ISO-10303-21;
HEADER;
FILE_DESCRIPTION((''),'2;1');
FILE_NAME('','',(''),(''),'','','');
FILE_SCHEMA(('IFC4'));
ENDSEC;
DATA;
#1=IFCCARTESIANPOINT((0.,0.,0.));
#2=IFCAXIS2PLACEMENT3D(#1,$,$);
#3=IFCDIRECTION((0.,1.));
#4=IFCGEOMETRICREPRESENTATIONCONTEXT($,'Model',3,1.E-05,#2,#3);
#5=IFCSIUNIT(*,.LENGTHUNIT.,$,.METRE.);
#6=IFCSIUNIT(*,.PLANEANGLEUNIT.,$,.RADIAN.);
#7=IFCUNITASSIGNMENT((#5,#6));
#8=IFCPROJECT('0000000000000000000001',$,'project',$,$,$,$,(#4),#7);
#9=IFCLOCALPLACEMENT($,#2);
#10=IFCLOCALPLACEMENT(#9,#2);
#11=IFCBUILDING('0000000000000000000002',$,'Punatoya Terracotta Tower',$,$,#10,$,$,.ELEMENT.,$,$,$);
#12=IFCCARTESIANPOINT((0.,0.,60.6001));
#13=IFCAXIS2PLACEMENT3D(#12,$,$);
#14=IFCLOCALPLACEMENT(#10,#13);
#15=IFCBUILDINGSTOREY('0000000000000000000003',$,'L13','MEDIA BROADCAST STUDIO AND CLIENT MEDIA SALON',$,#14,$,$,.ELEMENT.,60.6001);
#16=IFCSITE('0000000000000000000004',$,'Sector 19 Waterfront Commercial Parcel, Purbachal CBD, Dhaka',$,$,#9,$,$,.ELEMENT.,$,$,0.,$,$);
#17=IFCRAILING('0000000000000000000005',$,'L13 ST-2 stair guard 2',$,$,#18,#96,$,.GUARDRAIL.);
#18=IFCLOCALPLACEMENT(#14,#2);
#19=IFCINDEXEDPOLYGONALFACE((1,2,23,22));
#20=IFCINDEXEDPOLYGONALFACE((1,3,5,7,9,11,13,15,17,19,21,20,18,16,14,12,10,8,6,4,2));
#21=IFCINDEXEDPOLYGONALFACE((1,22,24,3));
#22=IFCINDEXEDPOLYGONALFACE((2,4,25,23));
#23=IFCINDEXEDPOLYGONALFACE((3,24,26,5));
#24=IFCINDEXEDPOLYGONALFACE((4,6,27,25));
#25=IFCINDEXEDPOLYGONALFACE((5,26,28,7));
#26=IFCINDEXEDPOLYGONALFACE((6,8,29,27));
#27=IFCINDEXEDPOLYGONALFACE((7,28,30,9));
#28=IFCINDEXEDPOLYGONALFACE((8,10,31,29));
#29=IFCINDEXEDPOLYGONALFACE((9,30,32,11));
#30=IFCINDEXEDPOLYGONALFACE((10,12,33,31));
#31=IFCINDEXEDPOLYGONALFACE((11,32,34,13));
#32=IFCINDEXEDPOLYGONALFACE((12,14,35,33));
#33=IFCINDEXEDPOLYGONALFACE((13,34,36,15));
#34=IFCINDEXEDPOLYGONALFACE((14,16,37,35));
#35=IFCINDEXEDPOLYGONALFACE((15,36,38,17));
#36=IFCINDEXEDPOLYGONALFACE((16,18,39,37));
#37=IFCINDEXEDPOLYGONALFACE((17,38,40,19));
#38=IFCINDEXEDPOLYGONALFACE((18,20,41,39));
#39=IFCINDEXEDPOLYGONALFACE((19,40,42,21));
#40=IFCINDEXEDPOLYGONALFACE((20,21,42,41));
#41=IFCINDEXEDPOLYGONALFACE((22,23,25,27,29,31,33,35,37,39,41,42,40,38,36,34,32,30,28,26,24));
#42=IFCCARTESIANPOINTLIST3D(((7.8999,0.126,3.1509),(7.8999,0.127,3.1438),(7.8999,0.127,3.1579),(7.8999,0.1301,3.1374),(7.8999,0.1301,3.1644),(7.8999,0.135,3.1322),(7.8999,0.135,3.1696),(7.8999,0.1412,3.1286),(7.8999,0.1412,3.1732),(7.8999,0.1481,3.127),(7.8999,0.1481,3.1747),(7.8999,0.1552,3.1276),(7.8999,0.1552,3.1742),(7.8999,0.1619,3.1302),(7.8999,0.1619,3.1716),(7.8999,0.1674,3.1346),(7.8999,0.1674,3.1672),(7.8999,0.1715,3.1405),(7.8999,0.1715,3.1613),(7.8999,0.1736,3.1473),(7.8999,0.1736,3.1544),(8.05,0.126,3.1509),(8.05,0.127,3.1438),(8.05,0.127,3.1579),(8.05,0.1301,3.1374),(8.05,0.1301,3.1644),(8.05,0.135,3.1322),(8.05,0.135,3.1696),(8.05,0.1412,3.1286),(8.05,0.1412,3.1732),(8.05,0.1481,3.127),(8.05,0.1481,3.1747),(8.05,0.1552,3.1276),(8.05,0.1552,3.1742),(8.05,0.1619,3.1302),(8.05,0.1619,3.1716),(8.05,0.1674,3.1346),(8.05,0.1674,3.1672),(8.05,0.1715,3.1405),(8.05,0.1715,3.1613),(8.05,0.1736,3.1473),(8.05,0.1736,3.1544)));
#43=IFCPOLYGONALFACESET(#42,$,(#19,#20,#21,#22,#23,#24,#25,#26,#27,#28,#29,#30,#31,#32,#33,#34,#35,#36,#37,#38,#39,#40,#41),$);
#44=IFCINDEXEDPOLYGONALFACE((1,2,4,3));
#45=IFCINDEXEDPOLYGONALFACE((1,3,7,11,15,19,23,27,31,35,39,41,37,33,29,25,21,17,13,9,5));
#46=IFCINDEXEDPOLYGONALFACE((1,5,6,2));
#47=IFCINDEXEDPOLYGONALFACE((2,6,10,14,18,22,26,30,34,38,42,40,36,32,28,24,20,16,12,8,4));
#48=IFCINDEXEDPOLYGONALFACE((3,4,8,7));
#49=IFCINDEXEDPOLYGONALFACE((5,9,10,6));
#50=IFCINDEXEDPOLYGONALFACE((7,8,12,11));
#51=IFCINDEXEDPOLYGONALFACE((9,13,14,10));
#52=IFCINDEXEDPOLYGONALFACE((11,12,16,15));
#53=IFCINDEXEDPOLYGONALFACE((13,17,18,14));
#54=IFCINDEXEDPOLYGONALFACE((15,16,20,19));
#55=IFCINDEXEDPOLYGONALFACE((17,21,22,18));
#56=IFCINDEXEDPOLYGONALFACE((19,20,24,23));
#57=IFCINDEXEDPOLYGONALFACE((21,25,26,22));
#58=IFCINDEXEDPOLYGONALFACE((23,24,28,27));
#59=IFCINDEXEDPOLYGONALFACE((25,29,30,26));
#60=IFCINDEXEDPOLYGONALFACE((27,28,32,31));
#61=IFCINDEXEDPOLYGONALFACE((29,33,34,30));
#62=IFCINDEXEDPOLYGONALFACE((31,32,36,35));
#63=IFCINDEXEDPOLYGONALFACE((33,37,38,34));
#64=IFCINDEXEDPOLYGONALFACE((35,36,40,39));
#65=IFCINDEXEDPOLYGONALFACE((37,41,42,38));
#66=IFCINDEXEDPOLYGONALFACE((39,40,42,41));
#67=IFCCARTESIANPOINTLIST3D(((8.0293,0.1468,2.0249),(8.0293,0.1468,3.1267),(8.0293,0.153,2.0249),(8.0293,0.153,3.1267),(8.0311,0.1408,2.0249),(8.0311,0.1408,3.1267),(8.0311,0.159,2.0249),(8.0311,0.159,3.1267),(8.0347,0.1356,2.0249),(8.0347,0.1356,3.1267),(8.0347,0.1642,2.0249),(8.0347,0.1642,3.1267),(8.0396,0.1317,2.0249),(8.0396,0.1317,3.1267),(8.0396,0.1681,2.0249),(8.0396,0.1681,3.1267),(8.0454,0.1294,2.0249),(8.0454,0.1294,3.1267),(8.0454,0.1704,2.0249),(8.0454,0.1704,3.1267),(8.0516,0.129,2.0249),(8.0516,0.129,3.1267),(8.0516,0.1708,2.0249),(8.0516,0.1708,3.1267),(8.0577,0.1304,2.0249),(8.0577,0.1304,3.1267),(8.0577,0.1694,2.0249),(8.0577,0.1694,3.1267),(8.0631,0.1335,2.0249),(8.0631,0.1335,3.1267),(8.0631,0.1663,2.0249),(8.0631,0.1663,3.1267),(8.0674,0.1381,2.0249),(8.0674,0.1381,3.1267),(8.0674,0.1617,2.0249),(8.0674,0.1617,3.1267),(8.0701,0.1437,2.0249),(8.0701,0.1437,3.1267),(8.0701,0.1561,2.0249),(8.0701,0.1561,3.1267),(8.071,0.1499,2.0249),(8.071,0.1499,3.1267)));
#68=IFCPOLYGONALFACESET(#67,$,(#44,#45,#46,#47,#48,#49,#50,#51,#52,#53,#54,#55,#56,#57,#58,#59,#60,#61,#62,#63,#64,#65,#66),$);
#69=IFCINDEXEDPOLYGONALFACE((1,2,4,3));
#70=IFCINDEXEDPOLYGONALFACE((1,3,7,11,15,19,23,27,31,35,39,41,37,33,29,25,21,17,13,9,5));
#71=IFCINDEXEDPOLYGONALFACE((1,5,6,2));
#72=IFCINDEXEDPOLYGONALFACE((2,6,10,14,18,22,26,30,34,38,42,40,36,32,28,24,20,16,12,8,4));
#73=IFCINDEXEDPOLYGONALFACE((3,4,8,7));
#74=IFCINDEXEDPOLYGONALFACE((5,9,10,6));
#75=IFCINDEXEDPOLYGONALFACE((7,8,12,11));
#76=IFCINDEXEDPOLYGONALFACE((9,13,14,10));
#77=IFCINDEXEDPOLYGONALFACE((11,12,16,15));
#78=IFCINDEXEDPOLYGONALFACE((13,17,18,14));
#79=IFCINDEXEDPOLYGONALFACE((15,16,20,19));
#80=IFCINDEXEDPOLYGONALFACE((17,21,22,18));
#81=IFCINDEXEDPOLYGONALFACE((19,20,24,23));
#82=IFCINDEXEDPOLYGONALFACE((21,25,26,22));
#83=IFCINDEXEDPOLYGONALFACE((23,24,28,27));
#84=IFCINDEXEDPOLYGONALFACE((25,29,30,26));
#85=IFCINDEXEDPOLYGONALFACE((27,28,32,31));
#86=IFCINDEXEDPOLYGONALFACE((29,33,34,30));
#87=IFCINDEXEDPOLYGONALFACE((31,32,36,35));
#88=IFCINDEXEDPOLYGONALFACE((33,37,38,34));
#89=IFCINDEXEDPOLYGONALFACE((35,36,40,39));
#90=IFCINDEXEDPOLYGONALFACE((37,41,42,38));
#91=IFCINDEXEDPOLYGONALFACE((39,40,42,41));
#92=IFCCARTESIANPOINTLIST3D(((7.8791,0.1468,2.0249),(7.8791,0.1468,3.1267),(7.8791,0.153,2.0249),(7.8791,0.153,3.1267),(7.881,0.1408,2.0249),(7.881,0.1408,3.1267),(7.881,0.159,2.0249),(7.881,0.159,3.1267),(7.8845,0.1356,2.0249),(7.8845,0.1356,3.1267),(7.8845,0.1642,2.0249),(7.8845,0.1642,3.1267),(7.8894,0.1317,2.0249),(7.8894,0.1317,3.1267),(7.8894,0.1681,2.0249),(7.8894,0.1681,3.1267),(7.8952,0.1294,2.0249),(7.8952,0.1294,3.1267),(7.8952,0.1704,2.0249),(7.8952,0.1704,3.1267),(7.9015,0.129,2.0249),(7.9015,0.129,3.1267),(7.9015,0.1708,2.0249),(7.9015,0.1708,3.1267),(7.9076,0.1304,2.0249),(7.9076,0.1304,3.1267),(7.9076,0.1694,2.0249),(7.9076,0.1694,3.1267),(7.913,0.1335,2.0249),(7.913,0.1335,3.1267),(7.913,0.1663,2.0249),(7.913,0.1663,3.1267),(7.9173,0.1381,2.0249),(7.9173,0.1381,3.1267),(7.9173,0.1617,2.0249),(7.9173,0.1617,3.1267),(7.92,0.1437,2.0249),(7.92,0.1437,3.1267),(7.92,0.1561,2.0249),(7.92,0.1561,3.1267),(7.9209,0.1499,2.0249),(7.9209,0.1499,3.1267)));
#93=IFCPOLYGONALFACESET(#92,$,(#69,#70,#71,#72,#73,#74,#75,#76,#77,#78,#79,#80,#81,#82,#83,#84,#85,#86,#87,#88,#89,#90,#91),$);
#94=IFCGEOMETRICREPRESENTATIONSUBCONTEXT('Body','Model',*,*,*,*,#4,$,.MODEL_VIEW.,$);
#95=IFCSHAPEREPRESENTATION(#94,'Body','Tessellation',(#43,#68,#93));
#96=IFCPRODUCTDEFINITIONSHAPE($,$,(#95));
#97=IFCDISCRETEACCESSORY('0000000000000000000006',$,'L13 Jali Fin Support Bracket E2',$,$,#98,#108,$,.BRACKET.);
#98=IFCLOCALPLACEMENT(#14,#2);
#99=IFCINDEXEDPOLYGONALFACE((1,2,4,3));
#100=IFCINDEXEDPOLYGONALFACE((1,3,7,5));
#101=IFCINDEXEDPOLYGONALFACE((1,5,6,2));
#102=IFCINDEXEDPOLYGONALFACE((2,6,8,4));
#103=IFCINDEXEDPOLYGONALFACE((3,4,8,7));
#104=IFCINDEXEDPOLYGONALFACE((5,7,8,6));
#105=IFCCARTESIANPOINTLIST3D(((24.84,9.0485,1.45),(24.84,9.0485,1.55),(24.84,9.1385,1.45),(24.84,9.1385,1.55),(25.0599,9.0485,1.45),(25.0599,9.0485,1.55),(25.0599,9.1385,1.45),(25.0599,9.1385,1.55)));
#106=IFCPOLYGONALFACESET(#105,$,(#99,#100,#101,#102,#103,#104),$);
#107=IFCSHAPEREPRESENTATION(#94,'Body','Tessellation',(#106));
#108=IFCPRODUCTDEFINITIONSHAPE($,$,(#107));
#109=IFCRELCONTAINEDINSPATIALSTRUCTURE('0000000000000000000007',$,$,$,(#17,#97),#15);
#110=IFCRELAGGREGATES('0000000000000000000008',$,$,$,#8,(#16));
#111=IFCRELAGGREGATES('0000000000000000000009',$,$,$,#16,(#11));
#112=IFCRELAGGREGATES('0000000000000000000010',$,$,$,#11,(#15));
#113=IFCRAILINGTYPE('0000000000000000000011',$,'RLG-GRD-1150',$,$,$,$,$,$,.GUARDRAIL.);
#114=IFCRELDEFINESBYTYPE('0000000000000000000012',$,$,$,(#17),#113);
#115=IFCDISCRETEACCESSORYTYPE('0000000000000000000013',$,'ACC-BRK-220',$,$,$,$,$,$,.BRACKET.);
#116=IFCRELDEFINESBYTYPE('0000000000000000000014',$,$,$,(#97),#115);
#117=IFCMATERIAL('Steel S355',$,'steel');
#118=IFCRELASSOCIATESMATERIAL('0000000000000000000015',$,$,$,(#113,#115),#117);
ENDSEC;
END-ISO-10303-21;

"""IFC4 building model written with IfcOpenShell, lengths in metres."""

from ifc_helpers import new_model, si_unit, direction, frame, origin, origin_2d, place, context, subcontext, project, spatial, rectangle, circle, extrude, material, type_object, element, save


model = new_model("IFC4")

# Units and contexts
model_context = context("Model", 3, precision=1e-05, world=origin(), true_north=direction((0.0, 1.0)))
body_context = subcontext(model_context, "Body", "Model", "MODEL_VIEW")
ifc_project = project(units=[si_unit("LENGTHUNIT", "METRE"), si_unit("PLANEANGLEUNIT", "RADIAN")], contexts=[model_context])

# Site, building, storey
site_placement = place(None, origin())
site = spatial("IfcSite", under=ifc_project, at=site_placement, Name="Sector 19 Waterfront Commercial Parcel, Purbachal CBD, Dhaka", CompositionType="ELEMENT", RefElevation=0.0)
building_placement = place(site_placement, origin())
building = spatial("IfcBuilding", under=site, at=building_placement, Name="Punatoya Terracotta Tower", CompositionType="ELEMENT")
storey_placement = place(building_placement, frame((0.0, 0.0, 60.6001)))
storey = spatial("IfcBuildingStorey", under=building, at=storey_placement, Name="L13", Description="MEDIA BROADCAST STUDIO AND CLIENT MEDIA SALON", CompositionType="ELEMENT", Elevation=60.6001)

# Railing
ifc_material_1 = material(Name="Steel S355", Category="steel")
railing_type = type_object("IfcRailingType", Name="RLG-GRD-1150", PredefinedType="GUARDRAIL", material=ifc_material_1)
railing_placement = place(storey_placement, frame((8.05, 0.1499, 2.0249)))
element("IfcRailing", 1, at=railing_placement, inside=storey, type_object=railing_type, Name="L13 ST-2 stair guard 2", PredefinedType="GUARDRAIL", context=body_context, shape_type="SweptSolid", body=[
    extrude(circle(Radius=0.0239, at=origin_2d()), frame((0.0, 0.0, 1.126), z_axis=(-1.0, 0.0, 0.0), x_axis=(0.0, -1.0, 0.0)), (0.0, 0.0, 1.0), 0.1501),
    extrude(circle(Radius=0.021, at=origin_2d()), origin(), (0.0, 0.0, 1.0), 1.1018),
    extrude(circle(Radius=0.021, at=origin_2d()), frame((-0.1501, 0.0, 0.0)), (0.0, 0.0, 1.0), 1.1018),
])

# Discrete accessory
discrete_accessory_type = type_object("IfcDiscreteAccessoryType", Name="ACC-BRK-220", PredefinedType="BRACKET", material=ifc_material_1)
discrete_accessory_placement = place(storey_placement, frame((24.95, 9.0935, 1.45), z_axis=(0.0, 0.0, 1.0), x_axis=(0.0, 1.0, 0.0)))
element("IfcDiscreteAccessory", 2, at=discrete_accessory_placement, inside=storey, type_object=discrete_accessory_type, Name="L13 Jali Fin Support Bracket E2", PredefinedType="BRACKET", context=body_context, shape_type="SweptSolid", body=[
    extrude(rectangle(XDim=0.0901, YDim=0.22, at=origin_2d()), origin(), (0.0, 0.0, 1.0), 0.1001),
])

save(model, "model.ifc")
